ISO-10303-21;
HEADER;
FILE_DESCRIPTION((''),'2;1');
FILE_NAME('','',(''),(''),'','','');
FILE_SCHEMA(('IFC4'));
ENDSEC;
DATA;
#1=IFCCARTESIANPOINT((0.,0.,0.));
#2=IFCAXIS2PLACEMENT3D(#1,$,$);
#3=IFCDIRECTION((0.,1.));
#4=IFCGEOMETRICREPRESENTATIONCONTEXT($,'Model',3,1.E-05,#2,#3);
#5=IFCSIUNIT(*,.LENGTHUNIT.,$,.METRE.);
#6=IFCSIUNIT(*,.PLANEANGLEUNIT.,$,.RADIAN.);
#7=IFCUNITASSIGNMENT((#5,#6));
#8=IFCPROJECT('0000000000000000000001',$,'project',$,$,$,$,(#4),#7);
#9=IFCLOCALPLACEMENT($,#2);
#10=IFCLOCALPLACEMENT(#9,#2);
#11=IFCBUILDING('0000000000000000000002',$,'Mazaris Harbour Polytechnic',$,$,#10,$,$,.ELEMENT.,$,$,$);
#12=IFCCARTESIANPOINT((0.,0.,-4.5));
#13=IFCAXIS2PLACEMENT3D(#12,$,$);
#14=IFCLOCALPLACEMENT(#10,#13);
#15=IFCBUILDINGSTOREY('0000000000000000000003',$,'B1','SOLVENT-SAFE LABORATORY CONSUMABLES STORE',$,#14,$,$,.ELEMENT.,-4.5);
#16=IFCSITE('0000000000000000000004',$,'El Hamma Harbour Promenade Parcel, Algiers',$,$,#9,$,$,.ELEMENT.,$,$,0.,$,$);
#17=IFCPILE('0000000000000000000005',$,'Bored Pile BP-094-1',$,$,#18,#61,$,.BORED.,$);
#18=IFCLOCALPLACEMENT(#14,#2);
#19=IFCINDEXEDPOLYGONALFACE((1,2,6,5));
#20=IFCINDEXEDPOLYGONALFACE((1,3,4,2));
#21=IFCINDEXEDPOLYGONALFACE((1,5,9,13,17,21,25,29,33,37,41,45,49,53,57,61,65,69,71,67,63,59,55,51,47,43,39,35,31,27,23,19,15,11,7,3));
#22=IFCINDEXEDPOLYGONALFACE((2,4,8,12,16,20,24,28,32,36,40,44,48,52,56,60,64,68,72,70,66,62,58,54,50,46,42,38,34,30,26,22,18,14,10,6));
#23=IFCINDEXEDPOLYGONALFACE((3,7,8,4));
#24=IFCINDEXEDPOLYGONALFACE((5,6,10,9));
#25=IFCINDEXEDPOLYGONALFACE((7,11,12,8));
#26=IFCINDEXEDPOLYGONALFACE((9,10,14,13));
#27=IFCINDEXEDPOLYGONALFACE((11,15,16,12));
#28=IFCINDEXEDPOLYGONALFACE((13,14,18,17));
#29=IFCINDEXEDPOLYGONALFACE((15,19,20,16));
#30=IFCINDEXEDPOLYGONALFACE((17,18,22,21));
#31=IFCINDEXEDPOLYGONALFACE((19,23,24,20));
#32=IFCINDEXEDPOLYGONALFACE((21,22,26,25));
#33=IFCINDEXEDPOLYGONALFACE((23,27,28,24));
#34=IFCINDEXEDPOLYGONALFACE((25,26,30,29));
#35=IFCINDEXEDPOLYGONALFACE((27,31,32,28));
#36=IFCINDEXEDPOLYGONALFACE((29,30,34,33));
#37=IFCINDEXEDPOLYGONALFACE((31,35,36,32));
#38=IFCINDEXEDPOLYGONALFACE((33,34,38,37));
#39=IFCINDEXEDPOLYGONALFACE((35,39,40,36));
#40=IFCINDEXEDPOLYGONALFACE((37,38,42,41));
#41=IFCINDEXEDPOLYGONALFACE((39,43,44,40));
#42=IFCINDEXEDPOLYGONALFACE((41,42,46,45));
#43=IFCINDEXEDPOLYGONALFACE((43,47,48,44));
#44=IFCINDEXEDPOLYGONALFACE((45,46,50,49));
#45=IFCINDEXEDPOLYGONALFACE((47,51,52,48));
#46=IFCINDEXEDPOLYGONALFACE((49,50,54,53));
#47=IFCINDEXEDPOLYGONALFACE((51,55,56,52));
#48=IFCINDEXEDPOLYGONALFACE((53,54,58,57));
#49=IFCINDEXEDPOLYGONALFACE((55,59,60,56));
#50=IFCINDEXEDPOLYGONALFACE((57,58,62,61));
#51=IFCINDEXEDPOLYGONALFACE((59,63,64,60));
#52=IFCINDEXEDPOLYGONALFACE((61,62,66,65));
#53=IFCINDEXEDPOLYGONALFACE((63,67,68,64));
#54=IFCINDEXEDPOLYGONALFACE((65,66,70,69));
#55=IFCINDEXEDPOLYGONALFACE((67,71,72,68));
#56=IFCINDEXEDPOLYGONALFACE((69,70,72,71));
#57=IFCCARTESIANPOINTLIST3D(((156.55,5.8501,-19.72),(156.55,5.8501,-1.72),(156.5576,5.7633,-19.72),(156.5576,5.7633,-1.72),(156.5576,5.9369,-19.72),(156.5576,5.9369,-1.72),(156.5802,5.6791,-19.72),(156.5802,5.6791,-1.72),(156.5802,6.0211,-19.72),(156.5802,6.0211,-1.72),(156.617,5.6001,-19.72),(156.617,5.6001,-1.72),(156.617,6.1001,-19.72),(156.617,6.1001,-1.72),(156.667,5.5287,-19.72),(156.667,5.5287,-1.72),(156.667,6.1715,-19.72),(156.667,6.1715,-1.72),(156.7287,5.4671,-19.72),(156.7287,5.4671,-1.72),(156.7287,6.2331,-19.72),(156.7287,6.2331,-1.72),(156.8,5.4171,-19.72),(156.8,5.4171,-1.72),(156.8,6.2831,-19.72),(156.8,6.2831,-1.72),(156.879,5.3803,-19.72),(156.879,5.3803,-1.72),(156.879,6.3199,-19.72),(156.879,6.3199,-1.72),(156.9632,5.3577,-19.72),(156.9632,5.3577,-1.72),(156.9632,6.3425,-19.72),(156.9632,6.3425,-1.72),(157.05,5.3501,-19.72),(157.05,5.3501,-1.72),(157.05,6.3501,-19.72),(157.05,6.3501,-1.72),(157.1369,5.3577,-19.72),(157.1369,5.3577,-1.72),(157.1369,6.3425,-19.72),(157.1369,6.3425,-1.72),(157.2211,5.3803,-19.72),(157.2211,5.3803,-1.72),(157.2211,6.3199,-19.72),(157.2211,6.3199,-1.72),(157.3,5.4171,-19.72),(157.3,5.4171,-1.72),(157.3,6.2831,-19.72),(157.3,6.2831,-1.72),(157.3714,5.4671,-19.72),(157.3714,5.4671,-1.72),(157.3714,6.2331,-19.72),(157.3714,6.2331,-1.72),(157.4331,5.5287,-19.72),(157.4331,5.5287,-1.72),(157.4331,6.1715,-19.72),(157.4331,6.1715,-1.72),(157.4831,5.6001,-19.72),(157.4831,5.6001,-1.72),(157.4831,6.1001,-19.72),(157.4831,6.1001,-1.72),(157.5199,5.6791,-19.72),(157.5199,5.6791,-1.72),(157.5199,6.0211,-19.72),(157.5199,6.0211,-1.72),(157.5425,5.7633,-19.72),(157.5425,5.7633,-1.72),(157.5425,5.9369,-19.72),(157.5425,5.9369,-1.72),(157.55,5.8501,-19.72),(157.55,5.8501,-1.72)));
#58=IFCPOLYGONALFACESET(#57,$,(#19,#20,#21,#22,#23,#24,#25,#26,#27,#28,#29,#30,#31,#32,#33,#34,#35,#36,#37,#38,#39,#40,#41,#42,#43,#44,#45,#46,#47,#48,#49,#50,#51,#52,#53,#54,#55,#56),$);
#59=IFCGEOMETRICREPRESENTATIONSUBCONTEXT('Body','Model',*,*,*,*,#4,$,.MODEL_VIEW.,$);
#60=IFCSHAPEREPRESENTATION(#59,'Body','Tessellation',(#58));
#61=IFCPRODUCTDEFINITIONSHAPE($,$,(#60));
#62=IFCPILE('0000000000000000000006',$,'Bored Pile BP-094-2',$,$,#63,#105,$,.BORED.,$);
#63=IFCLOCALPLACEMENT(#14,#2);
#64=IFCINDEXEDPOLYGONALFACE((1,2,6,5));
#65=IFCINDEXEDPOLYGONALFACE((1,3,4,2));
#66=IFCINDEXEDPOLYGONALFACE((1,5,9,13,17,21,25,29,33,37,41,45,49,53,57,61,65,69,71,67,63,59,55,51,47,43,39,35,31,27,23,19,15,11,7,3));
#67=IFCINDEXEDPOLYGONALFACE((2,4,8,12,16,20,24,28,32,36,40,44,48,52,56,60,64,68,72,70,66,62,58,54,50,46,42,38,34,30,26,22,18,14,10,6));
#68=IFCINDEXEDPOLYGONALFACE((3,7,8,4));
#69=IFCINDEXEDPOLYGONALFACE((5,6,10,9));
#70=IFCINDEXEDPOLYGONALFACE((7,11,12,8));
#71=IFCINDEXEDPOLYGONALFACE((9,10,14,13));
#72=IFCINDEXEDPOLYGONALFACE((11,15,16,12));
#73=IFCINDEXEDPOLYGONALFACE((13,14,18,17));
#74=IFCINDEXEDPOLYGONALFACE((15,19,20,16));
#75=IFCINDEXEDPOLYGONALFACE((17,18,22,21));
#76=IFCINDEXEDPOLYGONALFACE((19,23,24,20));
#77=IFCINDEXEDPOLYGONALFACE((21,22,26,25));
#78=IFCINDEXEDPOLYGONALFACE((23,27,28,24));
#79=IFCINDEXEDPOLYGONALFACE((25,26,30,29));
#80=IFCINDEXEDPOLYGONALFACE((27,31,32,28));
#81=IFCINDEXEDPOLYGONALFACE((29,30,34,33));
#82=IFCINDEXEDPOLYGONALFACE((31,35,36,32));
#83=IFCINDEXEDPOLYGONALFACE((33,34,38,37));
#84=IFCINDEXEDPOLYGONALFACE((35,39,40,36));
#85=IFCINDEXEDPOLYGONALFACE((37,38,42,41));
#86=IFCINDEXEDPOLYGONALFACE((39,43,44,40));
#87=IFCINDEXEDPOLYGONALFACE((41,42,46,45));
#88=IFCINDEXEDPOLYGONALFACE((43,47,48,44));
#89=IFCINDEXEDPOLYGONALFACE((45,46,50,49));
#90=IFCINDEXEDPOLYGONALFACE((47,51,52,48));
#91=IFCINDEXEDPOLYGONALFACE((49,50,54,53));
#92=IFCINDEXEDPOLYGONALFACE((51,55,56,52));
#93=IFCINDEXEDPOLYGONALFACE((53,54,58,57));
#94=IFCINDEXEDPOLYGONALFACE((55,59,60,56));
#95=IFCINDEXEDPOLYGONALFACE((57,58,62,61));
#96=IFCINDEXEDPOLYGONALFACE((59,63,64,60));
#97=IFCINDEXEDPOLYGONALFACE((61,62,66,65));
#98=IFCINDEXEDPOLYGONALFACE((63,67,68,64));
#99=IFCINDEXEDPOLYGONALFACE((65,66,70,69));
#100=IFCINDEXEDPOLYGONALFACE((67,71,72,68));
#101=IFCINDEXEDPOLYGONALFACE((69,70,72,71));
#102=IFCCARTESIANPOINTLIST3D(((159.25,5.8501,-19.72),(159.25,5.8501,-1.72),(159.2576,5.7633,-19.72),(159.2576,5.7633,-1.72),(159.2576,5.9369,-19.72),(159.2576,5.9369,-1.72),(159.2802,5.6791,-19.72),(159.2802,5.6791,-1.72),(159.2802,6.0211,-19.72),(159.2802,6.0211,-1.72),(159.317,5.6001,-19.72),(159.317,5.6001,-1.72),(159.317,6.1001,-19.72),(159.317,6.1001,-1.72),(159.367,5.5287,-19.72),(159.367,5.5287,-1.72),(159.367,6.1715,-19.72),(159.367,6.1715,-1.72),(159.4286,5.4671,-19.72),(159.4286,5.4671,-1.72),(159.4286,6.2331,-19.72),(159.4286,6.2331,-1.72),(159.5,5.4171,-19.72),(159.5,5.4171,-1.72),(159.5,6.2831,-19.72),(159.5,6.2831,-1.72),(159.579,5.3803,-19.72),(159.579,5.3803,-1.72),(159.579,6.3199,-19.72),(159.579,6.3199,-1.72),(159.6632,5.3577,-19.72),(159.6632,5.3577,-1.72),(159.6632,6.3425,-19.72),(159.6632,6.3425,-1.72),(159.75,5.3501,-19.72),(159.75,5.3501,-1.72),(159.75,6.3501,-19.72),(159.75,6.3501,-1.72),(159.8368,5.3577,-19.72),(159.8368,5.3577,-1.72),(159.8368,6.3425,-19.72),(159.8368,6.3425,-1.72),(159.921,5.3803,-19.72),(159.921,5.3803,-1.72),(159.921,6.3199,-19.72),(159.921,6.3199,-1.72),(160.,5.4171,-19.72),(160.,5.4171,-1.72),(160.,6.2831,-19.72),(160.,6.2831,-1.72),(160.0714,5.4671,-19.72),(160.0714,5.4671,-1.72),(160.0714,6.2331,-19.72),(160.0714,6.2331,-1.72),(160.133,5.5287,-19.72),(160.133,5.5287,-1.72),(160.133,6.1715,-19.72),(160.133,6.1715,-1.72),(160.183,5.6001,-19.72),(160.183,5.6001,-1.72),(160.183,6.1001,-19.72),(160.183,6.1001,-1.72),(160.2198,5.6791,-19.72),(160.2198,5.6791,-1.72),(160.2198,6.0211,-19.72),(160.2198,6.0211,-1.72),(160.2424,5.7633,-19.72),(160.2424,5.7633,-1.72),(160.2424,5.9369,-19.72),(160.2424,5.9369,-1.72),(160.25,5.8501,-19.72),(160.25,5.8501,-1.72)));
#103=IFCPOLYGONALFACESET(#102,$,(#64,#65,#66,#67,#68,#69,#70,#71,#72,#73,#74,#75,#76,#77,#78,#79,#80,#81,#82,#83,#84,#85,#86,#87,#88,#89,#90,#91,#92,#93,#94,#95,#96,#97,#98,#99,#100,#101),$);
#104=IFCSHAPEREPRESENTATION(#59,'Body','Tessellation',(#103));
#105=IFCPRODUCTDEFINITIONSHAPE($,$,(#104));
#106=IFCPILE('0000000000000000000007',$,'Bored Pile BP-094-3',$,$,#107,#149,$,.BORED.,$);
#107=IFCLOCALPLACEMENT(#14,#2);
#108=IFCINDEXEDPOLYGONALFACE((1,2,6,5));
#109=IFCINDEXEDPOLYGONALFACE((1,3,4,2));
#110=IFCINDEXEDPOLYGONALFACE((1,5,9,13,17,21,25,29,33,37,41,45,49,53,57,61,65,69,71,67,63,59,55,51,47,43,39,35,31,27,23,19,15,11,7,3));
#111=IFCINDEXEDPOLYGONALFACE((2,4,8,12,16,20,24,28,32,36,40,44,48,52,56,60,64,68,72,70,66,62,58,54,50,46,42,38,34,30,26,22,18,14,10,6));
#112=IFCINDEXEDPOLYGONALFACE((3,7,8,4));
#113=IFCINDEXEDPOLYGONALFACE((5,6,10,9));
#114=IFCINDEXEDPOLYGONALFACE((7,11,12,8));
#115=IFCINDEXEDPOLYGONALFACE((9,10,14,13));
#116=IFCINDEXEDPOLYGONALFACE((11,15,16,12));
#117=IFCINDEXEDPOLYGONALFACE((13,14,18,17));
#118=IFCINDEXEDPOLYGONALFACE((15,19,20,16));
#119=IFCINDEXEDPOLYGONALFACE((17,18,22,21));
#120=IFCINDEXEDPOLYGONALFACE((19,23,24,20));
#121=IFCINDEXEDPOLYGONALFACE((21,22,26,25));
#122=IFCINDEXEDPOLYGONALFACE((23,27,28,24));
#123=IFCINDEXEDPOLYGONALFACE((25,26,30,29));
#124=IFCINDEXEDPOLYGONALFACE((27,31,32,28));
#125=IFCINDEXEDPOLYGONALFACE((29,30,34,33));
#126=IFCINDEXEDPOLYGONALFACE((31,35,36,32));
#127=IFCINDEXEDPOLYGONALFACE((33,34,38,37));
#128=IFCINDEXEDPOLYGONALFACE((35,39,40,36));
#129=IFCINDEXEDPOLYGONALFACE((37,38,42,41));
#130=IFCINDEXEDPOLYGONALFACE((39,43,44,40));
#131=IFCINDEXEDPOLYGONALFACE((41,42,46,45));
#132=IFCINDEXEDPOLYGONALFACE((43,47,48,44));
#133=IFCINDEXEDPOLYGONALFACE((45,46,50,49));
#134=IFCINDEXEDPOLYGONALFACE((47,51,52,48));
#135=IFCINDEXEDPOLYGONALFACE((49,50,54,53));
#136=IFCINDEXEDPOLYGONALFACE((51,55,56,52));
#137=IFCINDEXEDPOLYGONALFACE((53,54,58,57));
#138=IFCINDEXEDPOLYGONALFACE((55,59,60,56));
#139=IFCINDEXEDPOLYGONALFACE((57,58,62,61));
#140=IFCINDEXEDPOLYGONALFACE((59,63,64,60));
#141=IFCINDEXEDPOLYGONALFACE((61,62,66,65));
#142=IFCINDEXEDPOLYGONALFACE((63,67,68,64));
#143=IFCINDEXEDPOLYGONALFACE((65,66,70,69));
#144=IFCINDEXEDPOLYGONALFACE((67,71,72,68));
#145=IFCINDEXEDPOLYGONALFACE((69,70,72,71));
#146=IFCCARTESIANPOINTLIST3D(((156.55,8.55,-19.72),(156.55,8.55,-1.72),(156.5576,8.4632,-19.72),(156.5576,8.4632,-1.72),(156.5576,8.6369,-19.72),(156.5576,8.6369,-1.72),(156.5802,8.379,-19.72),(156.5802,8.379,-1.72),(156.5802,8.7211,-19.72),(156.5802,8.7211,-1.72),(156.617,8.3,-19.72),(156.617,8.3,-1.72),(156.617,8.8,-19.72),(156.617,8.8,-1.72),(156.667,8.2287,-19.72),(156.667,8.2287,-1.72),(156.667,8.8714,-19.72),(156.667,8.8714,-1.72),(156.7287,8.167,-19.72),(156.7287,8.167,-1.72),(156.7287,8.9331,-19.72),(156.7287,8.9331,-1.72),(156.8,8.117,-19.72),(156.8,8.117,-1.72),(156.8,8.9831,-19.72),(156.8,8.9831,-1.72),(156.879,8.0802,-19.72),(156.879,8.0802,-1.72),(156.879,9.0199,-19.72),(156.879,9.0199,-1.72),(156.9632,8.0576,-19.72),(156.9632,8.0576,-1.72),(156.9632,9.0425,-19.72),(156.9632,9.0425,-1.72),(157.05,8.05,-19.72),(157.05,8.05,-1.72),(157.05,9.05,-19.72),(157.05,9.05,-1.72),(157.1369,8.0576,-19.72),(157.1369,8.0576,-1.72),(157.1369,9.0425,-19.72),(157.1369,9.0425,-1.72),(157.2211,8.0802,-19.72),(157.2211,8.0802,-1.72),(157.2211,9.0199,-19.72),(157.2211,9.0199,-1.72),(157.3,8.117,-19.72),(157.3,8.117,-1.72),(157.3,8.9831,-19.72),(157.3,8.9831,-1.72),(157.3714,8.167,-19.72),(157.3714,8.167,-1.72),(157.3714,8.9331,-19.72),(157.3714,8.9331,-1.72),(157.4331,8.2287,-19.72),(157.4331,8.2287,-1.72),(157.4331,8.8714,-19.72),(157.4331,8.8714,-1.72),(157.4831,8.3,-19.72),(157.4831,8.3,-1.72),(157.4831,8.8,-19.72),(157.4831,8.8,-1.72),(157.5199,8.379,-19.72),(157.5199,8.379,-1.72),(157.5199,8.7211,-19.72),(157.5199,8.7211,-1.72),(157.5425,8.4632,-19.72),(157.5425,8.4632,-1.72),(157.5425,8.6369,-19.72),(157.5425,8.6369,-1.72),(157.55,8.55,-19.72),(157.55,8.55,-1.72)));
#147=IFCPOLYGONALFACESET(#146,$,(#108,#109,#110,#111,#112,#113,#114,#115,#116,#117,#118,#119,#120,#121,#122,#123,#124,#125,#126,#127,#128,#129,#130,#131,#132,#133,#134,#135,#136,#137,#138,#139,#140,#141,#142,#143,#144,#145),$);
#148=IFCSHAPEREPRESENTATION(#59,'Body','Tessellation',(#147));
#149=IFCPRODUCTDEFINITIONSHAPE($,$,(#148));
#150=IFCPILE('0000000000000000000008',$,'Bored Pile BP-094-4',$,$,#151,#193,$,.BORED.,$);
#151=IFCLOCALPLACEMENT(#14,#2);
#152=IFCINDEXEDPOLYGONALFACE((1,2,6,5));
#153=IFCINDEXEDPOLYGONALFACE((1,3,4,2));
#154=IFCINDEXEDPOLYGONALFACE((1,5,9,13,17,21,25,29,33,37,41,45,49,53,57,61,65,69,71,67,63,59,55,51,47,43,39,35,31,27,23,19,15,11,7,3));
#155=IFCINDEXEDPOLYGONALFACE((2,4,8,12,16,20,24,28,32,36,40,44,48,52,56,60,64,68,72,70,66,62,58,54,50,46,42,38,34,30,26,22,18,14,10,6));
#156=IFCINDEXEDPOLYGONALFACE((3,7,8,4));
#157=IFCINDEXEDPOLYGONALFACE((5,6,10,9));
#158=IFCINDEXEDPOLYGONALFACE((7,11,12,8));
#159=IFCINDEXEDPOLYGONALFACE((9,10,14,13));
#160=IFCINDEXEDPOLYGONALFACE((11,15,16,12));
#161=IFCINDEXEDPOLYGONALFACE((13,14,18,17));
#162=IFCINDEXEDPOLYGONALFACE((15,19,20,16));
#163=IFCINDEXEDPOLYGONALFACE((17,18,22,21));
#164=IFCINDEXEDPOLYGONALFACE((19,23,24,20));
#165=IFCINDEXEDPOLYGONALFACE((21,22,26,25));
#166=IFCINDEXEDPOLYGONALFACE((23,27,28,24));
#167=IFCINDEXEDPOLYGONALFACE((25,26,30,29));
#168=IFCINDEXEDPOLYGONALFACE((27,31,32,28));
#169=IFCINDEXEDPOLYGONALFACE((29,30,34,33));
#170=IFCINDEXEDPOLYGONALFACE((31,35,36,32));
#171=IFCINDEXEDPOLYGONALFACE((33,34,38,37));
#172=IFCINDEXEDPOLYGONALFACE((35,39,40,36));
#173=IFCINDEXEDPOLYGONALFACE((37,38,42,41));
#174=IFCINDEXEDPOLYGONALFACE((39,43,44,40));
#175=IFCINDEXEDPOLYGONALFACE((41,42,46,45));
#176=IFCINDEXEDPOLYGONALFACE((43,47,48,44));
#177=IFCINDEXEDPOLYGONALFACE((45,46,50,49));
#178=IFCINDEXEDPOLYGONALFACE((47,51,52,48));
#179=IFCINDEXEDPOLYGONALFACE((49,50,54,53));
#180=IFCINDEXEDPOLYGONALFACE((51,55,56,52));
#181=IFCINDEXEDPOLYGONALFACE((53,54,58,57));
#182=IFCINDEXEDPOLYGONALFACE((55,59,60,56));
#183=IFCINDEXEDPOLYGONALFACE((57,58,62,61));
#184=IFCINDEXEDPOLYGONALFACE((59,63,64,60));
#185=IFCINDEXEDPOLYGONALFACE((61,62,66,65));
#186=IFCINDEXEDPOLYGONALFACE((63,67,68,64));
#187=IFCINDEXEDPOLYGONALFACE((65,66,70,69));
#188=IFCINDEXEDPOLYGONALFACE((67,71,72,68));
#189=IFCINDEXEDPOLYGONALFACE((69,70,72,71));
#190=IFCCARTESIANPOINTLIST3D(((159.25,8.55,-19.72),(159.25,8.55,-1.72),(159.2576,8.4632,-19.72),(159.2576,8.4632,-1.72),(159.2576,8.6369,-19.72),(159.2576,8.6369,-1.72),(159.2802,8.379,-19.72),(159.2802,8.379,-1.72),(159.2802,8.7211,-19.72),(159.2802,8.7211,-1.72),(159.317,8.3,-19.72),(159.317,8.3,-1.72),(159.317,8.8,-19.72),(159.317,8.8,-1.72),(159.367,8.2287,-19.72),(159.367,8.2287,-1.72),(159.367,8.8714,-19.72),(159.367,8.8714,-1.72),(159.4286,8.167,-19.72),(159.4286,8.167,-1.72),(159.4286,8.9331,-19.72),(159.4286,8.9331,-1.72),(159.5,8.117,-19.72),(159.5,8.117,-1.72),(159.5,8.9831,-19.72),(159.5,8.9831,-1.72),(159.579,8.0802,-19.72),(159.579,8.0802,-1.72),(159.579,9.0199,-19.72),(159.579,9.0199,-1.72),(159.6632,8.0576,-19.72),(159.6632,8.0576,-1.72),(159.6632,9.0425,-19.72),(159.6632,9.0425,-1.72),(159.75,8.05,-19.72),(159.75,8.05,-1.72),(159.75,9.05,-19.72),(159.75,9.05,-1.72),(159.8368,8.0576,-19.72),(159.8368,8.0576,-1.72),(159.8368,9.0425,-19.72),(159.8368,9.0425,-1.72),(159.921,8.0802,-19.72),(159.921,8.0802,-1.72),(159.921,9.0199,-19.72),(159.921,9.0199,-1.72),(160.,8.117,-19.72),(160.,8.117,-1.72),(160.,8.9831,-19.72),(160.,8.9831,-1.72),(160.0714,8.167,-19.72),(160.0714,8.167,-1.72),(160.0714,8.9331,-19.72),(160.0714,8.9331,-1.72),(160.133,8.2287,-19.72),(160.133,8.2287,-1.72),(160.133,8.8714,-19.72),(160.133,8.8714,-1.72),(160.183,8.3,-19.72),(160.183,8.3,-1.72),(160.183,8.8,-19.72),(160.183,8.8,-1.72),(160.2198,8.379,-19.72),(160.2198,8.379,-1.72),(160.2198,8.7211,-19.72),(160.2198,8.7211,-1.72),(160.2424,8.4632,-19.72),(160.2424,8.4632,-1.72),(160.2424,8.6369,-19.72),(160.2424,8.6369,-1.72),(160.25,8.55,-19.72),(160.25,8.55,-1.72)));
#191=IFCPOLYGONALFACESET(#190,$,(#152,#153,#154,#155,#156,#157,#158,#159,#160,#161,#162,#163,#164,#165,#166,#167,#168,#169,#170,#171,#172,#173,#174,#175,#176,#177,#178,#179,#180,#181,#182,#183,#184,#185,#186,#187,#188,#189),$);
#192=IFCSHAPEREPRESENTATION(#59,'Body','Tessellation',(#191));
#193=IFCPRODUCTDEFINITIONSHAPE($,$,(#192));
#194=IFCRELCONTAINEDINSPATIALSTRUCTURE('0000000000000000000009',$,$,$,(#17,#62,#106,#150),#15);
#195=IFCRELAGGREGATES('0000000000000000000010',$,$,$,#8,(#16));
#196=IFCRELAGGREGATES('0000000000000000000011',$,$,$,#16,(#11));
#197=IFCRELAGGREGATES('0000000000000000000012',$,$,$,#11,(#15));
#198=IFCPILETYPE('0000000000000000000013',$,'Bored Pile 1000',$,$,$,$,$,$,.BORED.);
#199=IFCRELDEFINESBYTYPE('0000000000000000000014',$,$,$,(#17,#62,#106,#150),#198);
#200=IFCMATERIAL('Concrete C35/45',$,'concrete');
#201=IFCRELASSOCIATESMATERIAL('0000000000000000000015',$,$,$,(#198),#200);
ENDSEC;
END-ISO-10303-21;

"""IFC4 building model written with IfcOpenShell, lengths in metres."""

from ifc_helpers import new_model, si_unit, direction, frame, origin, origin_2d, place, context, subcontext, project, spatial, circle, extrude, material, material_profile, profile_set, type_object, element, save


model = new_model("IFC4")

# Units and contexts
model_context = context("Model", 3, precision=1e-05, world=origin(), true_north=direction((0.0, 1.0)))
body_context = subcontext(model_context, "Body", "Model", "MODEL_VIEW")
ifc_project = project(units=[si_unit("LENGTHUNIT", "METRE"), si_unit("PLANEANGLEUNIT", "RADIAN")], contexts=[model_context])

# Site, building, storey
site_placement = place(None, origin())
site = spatial("IfcSite", under=ifc_project, at=site_placement, Name="El Hamma Harbour Promenade Parcel, Algiers", CompositionType="ELEMENT", RefElevation=0.0)
building_placement = place(site_placement, origin())
building = spatial("IfcBuilding", under=site, at=building_placement, Name="Mazaris Harbour Polytechnic", CompositionType="ELEMENT")
storey_placement = place(building_placement, frame((0.0, 0.0, -4.5)))
storey = spatial("IfcBuildingStorey", under=building, at=storey_placement, Name="B1", Description="SOLVENT-SAFE LABORATORY CONSUMABLES STORE", CompositionType="ELEMENT", Elevation=-4.5)

# Piles
ifc_material_1 = material(Name="Concrete C35/45", Category="concrete")
ifc_material_profile_1 = material_profile(ifc_material_1, circle(Radius=0.5, at=origin_2d()), Name="DIA1000")
ifc_profile_set_1 = profile_set([ifc_material_profile_1], Name="Concrete C35/45")
pile_type_1 = type_object("IfcPileType", Name="Bored Pile 1000", PredefinedType="BORED", material=ifc_profile_set_1)
for number, where, z_axis, x_axis, name in (
    (1, (157.05, 5.8501, -1.72), (0.0, 0.0, -1.0), (1.0, 0.0, 0.0), "Bored Pile BP-094-1"),
    (2, (159.75, 5.8501, -1.72), (0.0, 0.0, -1.0), (1.0, 0.0, 0.0), "Bored Pile BP-094-2"),
    (3, (157.05, 8.55, -1.72), (0.0, 0.0, -1.0), (1.0, 0.0, 0.0), "Bored Pile BP-094-3"),
    (4, (159.75, 8.55, -1.72), (0.0, 0.0, -1.0), (1.0, 0.0, 0.0), "Bored Pile BP-094-4"),
):
    element("IfcPile", number, at=place(storey_placement, frame(where, z_axis=z_axis, x_axis=x_axis)), inside=storey, type_object=pile_type_1, Name=name, PredefinedType="BORED", context=body_context, shape_type="SweptSolid", body=[
        extrude(circle(Radius=0.5, at=origin_2d()), origin(), (0.0, 0.0, 1.0), 18.0),
    ])

save(model, "model.ifc")
